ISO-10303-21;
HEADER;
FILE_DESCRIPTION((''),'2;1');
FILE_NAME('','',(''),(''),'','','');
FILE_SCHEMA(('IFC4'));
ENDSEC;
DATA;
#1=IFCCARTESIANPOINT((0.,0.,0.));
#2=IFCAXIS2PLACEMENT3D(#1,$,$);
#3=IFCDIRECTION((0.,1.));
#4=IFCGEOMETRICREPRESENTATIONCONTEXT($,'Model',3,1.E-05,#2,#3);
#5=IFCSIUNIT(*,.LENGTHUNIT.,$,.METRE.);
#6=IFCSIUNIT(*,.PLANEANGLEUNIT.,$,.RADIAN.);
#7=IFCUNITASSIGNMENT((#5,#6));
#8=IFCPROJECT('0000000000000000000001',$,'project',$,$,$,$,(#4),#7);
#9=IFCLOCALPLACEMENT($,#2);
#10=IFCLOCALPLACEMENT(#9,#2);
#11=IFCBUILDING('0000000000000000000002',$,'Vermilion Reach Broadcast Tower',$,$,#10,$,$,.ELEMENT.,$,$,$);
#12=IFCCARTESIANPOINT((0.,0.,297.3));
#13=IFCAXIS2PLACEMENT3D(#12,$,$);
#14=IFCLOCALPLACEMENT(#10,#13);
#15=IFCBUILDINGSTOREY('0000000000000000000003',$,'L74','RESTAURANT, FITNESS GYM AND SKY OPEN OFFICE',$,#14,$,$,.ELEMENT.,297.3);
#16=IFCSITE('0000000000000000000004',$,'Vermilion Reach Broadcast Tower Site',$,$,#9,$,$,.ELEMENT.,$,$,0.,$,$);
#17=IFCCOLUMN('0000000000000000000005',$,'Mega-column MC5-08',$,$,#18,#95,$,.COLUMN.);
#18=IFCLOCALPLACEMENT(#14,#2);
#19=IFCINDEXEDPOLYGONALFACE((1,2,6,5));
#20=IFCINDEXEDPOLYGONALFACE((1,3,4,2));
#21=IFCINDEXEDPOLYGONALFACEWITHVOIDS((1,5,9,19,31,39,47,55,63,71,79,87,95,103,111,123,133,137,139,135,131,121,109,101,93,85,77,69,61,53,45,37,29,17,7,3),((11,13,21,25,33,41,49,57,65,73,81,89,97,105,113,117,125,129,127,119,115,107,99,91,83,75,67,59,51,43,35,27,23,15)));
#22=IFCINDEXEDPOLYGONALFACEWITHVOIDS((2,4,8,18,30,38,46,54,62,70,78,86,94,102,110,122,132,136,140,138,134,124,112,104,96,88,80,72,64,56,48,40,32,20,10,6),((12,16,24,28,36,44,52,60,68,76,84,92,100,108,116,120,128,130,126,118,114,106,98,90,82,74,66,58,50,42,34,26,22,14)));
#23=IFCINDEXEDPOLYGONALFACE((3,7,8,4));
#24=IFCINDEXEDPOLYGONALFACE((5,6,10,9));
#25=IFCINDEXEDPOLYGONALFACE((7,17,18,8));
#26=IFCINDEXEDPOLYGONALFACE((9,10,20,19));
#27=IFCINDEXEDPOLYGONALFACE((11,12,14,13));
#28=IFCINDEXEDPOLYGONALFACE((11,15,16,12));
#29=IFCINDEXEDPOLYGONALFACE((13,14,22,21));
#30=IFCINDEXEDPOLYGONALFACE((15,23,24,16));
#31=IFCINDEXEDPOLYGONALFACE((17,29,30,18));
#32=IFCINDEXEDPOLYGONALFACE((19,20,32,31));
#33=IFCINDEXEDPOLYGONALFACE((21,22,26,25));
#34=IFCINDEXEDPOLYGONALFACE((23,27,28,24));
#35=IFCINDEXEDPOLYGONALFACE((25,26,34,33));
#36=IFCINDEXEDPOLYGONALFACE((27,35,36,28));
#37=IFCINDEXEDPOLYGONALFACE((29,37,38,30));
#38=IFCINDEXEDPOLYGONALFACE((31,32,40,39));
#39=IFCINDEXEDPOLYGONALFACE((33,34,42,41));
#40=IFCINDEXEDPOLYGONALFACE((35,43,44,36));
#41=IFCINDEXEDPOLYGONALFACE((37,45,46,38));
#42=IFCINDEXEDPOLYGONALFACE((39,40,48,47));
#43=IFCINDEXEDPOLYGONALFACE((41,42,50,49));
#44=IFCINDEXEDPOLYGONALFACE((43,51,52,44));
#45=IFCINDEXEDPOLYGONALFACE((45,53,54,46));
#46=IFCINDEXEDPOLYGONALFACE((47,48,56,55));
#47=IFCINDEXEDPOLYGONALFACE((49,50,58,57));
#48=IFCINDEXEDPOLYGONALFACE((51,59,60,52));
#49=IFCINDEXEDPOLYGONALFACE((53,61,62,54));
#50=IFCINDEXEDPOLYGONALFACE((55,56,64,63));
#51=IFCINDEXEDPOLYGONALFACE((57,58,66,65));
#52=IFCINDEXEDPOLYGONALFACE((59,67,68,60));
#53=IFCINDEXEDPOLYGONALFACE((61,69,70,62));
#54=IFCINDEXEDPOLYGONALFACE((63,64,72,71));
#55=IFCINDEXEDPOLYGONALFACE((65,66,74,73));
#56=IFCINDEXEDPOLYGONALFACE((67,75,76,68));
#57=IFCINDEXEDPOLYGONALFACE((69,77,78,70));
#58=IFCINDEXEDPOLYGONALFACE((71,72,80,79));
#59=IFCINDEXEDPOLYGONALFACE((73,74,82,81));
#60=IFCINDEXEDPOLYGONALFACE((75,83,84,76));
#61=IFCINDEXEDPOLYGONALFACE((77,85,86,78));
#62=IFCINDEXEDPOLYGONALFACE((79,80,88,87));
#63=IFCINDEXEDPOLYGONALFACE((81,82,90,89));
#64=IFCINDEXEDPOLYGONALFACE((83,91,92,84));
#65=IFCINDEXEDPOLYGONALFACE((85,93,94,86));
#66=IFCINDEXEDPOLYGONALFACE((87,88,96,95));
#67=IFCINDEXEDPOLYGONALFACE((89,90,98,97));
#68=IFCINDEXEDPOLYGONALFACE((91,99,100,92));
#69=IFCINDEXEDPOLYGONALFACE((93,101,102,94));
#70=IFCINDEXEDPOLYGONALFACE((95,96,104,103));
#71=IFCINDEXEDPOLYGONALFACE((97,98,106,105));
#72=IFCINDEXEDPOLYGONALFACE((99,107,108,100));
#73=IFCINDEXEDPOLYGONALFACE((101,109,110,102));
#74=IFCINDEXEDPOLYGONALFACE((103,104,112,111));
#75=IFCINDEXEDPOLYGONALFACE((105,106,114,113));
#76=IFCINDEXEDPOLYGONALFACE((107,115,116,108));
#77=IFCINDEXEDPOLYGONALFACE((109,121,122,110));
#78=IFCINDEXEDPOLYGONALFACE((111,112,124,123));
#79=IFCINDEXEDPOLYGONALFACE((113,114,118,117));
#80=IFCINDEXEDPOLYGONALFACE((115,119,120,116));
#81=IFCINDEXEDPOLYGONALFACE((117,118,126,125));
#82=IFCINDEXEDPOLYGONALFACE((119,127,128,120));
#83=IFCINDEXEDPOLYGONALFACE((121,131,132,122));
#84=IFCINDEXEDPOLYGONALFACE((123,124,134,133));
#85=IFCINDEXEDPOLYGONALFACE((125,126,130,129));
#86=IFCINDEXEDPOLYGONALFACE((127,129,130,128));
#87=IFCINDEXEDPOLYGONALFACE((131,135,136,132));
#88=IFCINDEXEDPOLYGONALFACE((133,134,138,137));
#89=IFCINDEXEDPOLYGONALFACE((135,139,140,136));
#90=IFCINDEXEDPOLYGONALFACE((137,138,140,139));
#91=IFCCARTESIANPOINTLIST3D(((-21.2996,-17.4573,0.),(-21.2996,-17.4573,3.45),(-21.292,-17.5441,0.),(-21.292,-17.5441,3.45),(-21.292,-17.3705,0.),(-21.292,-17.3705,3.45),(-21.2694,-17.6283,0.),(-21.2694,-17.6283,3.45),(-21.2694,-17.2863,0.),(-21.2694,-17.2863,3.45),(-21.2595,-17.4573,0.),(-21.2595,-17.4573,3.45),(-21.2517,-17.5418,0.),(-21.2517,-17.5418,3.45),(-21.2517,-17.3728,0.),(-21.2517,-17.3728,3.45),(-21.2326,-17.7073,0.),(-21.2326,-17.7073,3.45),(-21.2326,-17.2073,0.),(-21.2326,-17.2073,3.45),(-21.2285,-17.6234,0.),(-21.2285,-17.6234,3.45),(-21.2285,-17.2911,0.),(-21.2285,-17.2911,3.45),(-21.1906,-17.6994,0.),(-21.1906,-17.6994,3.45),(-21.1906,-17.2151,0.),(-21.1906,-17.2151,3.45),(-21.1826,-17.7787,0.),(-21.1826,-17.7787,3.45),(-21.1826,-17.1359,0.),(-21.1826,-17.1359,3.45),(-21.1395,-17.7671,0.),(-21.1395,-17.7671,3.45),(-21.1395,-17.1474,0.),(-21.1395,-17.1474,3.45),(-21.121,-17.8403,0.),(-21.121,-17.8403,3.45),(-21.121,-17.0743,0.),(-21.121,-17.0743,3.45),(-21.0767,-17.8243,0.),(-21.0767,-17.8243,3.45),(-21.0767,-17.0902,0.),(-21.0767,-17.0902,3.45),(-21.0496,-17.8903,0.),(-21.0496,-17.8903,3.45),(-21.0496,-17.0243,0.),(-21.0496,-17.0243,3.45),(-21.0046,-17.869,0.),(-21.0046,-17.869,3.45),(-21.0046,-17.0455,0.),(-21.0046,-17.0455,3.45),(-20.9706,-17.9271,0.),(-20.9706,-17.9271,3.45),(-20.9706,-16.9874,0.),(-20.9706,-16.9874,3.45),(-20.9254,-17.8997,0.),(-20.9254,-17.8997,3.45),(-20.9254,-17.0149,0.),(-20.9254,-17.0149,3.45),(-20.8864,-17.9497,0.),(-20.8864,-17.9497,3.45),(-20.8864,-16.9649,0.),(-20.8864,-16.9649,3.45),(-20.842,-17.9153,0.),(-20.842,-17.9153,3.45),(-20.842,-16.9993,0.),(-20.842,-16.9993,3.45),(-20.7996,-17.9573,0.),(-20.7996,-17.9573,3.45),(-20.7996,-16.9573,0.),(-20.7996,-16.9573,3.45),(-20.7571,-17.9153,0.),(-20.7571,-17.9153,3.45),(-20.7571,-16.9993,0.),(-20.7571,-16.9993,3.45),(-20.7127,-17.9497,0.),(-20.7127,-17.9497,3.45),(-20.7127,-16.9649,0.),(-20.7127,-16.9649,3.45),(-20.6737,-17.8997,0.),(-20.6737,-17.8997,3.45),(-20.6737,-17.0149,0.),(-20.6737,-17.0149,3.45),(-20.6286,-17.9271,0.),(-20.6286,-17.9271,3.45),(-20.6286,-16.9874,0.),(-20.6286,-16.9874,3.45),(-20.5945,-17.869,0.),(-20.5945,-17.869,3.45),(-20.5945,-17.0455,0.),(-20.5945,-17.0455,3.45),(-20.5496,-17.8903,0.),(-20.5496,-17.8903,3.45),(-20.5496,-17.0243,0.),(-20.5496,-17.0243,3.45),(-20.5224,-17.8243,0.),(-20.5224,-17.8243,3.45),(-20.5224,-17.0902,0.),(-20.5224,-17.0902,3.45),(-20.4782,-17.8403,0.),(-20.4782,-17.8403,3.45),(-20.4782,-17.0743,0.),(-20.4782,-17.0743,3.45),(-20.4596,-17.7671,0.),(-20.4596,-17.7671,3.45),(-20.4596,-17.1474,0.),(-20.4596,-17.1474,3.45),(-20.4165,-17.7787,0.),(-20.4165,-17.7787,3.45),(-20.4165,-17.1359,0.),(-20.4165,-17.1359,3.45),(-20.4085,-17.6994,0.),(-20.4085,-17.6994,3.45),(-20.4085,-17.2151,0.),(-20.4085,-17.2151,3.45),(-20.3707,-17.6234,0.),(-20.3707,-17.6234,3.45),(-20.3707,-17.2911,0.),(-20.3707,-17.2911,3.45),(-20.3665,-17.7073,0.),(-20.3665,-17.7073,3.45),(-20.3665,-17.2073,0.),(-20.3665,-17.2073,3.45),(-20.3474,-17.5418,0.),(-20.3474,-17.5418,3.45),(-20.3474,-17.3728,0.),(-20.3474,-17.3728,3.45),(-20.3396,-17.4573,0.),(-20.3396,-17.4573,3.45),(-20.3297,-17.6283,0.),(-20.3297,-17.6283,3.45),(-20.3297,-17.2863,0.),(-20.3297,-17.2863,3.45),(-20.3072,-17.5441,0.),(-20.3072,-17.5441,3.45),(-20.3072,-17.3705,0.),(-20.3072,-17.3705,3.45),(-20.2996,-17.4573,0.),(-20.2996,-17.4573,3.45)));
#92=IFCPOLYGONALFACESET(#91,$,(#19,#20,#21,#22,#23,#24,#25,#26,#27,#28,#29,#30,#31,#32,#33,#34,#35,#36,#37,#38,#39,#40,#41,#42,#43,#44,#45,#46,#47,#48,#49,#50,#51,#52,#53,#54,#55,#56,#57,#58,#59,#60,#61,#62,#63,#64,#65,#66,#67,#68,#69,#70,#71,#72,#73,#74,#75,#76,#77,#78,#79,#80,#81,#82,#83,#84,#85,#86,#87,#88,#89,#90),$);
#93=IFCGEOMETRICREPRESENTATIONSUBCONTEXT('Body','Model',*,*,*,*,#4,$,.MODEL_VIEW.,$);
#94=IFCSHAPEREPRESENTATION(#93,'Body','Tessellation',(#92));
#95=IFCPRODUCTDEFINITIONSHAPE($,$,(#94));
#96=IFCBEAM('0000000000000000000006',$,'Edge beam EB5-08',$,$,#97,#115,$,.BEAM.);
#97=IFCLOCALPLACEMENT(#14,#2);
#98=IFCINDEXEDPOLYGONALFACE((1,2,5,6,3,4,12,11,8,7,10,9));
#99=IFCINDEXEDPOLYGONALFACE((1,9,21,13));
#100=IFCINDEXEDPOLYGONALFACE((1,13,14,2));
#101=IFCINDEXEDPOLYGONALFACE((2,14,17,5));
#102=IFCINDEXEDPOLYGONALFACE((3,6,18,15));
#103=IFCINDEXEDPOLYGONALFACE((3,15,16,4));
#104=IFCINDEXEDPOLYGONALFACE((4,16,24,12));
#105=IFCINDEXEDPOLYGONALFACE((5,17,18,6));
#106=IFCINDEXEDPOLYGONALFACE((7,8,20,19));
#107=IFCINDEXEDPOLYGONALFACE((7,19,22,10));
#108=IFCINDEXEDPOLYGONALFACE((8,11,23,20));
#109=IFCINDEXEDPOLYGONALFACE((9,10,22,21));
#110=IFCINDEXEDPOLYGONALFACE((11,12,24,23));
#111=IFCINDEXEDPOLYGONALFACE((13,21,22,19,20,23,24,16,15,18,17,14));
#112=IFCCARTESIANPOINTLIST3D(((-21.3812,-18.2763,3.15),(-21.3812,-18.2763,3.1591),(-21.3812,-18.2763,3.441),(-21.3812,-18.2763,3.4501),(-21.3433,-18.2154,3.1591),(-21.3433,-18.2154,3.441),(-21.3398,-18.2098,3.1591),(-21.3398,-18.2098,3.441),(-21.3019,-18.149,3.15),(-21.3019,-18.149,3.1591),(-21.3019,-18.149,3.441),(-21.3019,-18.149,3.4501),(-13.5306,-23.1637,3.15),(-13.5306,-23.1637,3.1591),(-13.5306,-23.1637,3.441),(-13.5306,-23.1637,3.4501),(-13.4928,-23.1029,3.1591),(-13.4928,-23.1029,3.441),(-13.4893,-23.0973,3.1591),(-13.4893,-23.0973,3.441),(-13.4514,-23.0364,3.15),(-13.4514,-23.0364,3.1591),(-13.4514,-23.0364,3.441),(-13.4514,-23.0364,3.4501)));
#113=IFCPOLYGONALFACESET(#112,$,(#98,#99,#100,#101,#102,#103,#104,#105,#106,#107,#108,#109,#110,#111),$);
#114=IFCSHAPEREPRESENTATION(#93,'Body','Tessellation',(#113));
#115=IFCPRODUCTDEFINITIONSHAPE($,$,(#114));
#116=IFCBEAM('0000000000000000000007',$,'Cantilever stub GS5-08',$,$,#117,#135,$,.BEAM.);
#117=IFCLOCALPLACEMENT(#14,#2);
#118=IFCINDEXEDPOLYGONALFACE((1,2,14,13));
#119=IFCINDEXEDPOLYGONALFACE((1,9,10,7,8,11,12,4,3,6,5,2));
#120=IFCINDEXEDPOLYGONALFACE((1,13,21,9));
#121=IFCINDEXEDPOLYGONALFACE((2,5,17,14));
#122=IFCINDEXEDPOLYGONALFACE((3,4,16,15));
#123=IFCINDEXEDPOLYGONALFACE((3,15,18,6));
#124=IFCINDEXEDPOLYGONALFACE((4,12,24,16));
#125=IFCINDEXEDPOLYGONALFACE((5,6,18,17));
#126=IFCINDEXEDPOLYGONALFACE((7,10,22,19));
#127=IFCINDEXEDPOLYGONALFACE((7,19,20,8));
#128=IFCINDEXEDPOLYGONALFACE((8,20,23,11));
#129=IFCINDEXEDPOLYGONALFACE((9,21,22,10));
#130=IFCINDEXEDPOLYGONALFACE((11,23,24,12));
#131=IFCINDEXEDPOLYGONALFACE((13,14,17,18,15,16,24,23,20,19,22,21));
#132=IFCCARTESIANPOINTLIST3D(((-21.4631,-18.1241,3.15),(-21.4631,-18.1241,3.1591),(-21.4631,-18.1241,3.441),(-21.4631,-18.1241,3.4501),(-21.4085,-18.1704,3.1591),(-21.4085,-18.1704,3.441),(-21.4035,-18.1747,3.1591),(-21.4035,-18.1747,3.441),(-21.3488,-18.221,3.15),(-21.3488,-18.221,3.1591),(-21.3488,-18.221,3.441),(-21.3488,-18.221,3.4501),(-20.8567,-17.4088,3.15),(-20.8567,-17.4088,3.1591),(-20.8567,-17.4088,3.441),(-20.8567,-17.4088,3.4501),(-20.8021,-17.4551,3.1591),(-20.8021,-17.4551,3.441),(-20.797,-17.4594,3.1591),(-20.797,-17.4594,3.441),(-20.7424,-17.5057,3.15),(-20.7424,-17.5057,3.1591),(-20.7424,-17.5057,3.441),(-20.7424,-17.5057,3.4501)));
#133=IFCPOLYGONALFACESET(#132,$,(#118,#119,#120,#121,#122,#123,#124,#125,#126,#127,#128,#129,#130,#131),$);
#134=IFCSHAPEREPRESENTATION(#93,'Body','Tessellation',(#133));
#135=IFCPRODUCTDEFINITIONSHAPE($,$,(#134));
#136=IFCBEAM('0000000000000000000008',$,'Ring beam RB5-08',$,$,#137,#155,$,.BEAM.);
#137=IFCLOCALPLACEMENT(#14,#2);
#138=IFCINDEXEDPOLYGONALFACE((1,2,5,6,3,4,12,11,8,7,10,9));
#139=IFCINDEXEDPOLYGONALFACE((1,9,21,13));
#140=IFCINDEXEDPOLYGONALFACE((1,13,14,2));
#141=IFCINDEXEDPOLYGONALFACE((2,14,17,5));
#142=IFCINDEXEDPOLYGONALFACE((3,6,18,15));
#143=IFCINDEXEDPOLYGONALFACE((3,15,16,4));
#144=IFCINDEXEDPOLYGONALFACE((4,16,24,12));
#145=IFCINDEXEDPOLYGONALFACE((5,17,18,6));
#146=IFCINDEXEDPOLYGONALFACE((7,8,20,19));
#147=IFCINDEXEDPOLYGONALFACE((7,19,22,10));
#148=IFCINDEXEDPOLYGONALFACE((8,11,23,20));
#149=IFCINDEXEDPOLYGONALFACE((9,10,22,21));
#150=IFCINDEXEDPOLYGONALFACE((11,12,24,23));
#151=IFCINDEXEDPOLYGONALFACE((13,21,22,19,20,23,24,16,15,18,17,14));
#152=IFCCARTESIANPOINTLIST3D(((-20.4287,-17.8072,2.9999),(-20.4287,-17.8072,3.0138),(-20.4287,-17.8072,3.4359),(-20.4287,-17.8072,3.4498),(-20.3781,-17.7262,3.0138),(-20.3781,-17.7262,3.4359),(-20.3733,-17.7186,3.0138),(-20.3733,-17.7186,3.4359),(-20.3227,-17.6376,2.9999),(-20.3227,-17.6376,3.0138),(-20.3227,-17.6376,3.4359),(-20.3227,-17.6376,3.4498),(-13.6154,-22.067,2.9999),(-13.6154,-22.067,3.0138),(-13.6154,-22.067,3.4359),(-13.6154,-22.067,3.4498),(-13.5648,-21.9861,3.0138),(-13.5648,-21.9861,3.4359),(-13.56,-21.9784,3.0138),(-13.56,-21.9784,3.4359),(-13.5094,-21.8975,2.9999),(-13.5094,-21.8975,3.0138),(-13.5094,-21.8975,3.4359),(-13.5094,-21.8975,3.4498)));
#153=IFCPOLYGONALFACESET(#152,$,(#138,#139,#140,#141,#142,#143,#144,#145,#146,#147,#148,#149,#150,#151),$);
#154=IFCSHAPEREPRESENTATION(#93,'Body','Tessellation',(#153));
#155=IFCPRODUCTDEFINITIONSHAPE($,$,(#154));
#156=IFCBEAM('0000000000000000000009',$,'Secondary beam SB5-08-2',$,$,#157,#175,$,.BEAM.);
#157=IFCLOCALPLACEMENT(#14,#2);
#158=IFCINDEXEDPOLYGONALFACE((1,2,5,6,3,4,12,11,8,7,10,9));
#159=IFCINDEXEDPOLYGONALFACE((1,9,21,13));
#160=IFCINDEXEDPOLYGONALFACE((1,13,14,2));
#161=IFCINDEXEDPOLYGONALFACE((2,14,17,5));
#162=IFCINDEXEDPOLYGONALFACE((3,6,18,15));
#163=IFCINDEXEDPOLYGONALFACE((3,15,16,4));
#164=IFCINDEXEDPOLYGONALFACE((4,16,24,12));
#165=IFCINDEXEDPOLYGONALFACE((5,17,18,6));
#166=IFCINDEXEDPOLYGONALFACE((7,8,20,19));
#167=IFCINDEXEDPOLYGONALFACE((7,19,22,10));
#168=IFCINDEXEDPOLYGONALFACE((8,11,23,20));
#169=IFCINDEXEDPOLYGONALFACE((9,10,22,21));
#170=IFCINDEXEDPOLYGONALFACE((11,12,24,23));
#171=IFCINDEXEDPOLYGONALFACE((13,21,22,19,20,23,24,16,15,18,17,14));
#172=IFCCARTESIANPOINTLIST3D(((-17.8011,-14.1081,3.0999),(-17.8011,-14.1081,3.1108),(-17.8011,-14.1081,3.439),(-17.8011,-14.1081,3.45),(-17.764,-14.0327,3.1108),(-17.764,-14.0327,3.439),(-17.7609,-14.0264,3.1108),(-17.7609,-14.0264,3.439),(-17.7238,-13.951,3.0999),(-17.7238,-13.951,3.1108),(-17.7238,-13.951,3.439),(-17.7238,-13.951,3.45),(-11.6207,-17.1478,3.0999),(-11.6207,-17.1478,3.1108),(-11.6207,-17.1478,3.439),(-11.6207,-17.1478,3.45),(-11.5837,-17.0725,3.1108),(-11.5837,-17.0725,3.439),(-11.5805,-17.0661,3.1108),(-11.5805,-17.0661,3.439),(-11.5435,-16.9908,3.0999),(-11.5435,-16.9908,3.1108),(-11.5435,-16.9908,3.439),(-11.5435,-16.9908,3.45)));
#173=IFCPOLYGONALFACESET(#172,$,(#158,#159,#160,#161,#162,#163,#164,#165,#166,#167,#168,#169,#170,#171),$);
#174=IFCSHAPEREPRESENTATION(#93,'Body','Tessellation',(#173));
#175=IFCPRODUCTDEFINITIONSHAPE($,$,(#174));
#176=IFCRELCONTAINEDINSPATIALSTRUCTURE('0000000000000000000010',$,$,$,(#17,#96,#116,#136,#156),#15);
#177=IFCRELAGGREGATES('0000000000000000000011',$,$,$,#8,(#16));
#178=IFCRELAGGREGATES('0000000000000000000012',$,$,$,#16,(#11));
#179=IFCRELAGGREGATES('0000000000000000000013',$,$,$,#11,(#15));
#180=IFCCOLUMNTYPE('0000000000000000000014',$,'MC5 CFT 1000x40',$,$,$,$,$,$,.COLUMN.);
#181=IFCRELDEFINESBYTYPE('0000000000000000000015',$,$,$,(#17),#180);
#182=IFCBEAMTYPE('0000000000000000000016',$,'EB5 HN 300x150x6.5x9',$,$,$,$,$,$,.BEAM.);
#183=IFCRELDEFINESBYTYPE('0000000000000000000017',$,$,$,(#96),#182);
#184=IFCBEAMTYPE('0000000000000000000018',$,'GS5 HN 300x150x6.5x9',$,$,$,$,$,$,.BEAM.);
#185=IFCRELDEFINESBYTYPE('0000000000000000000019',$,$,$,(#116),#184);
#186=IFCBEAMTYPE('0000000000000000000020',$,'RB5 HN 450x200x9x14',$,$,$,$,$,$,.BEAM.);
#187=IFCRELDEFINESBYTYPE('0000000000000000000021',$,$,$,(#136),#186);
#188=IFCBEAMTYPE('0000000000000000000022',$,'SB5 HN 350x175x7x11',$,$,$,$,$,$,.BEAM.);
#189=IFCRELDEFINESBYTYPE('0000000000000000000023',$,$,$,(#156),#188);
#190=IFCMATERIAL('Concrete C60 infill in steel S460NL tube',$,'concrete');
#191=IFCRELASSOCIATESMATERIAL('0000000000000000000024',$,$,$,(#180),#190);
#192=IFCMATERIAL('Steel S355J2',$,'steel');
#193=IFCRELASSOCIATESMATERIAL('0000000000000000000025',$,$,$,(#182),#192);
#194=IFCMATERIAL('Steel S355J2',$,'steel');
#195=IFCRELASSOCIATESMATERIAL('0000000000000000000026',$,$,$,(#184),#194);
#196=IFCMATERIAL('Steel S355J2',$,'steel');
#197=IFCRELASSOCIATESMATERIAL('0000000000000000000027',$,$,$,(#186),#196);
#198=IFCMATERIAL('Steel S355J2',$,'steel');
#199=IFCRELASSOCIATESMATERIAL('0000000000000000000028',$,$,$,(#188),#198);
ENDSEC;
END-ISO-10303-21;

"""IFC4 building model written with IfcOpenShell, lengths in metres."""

from ifc_helpers import new_model, si_unit, direction, frame, origin, origin_2d, place, context, subcontext, project, spatial, hollow_circle, i_section, extrude, material, material_profile, profile_set, type_object, element, save


model = new_model("IFC4")

# Units and contexts
model_context = context("Model", 3, precision=1e-05, world=origin(), true_north=direction((0.0, 1.0)))
body_context = subcontext(model_context, "Body", "Model", "MODEL_VIEW")
ifc_project = project(units=[si_unit("LENGTHUNIT", "METRE"), si_unit("PLANEANGLEUNIT", "RADIAN")], contexts=[model_context])

# Site, building, storey
site_placement = place(None, origin())
site = spatial("IfcSite", under=ifc_project, at=site_placement, Name="Vermilion Reach Broadcast Tower Site", CompositionType="ELEMENT", RefElevation=0.0)
building_placement = place(site_placement, origin())
building = spatial("IfcBuilding", under=site, at=building_placement, Name="Vermilion Reach Broadcast Tower", CompositionType="ELEMENT")
storey_placement = place(building_placement, frame((0.0, 0.0, 297.3)))
storey = spatial("IfcBuildingStorey", under=building, at=storey_placement, Name="L74", Description="RESTAURANT, FITNESS GYM AND SKY OPEN OFFICE", CompositionType="ELEMENT", Elevation=297.3)

# Column
ifc_material_1 = material(Name="Concrete C60 infill in steel S460NL tube", Category="concrete")
ifc_material_profile_1 = material_profile(ifc_material_1, hollow_circle(Radius=0.5, WallThickness=0.04, at=origin_2d()), Name="Concrete C60 infill in steel S460NL tube CFT 1000x40")
ifc_profile_set_1 = profile_set([ifc_material_profile_1], Name="Concrete C60 infill in steel S460NL tube")
column_type = type_object("IfcColumnType", Name="MC5 CFT 1000x40", PredefinedType="COLUMN", material=ifc_profile_set_1)
column_placement = place(storey_placement, frame((-20.7996, -17.4573, 0.0), z_axis=(0.0, 0.0, 1.0), x_axis=(1.0, 0.0, 0.0)))
element("IfcColumn", 1, at=column_placement, inside=storey, type_object=column_type, Name="Mega-column MC5-08", PredefinedType="COLUMN", context=body_context, shape_type="SweptSolid", body=[
    extrude(hollow_circle(Radius=0.5, WallThickness=0.04, at=origin_2d()), origin(), (0.0, 0.0, 1.0), 3.45),
])

# Beams
ifc_material_2 = material(Name="Steel S355J2", Category="steel")
ifc_material_profile_2 = material_profile(ifc_material_2, i_section(OverallWidth=0.1499, OverallDepth=0.3, WebThickness=0.0066, FlangeThickness=0.009, at=origin_2d()), Name="S355J2 HN 300x150x6.5x9")
ifc_profile_set_2 = profile_set([ifc_material_profile_2], Name="Steel S355J2")
beam_type_1 = type_object("IfcBeamType", Name="EB5 HN 300x150x6.5x9", PredefinedType="BEAM", material=ifc_profile_set_2)
beam_1_placement = place(storey_placement, frame((-21.3416, -18.2126, 3.3), z_axis=(0.848928, -0.528508, 0.0), x_axis=(0.528508, 0.848928, 0.0)))
element("IfcBeam", 2, at=beam_1_placement, inside=storey, type_object=beam_type_1, Name="Edge beam EB5-08", PredefinedType="BEAM", context=body_context, shape_type="SweptSolid", body=[
    extrude(i_section(OverallWidth=0.1499, OverallDepth=0.3, WebThickness=0.0066, FlangeThickness=0.009, at=origin_2d()), origin(), (0.0, 0.0, 1.0), 9.2476),
])
ifc_material_3 = material(Name="Steel S355J2", Category="steel")
ifc_material_profile_3 = material_profile(ifc_material_3, i_section(OverallWidth=0.1499, OverallDepth=0.3, WebThickness=0.0066, FlangeThickness=0.009, at=origin_2d()), Name="S355J2 HN 300x150x6.5x9")
ifc_profile_set_3 = profile_set([ifc_material_profile_3], Name="Steel S355J2")
beam_type_2 = type_object("IfcBeamType", Name="GS5 HN 300x150x6.5x9", PredefinedType="BEAM", material=ifc_profile_set_3)
beam_2_placement = place(storey_placement, frame((-20.7996, -17.4573, 3.3), z_axis=(-0.646665, -0.762774, 0.0), x_axis=(0.762774, -0.646665, 0.0)))
element("IfcBeam", 3, at=beam_2_placement, inside=storey, type_object=beam_type_2, Name="Cantilever stub GS5-08", PredefinedType="BEAM", context=body_context, shape_type="SweptSolid", body=[
    extrude(i_section(OverallWidth=0.1499, OverallDepth=0.3, WebThickness=0.0066, FlangeThickness=0.009, at=origin_2d()), origin(), (0.0, 0.0, 1.0), 0.9377),
])
ifc_material_4 = material(Name="Steel S355J2", Category="steel")
ifc_material_profile_4 = material_profile(ifc_material_4, i_section(OverallWidth=0.2, OverallDepth=0.45, WebThickness=0.009, FlangeThickness=0.0139, at=origin_2d()), Name="S355J2 HN 450x200x9x14")
ifc_profile_set_4 = profile_set([ifc_material_profile_4], Name="Steel S355J2")
beam_type_3 = type_object("IfcBeamType", Name="RB5 HN 450x200x9x14", PredefinedType="BEAM", material=ifc_profile_set_4)
beam_3_placement = place(storey_placement, frame((-20.3757, -17.7224, 3.2249), z_axis=(0.847915, -0.530133, 0.0), x_axis=(0.530133, 0.847915, 0.0)))
element("IfcBeam", 4, at=beam_3_placement, inside=storey, type_object=beam_type_3, Name="Ring beam RB5-08", PredefinedType="BEAM", context=body_context, shape_type="SweptSolid", body=[
    extrude(i_section(OverallWidth=0.2, OverallDepth=0.45, WebThickness=0.009, FlangeThickness=0.0139, at=origin_2d()), origin(), (0.0, 0.0, 1.0), 8.0354),
])
ifc_material_5 = material(Name="Steel S355J2", Category="steel")
ifc_material_profile_5 = material_profile(ifc_material_5, i_section(OverallWidth=0.175, OverallDepth=0.3501, WebThickness=0.0071, FlangeThickness=0.011, at=origin_2d()), Name="S355J2 HN 350x175x7x11")
ifc_profile_set_5 = profile_set([ifc_material_profile_5], Name="Steel S355J2")
beam_type_4 = type_object("IfcBeamType", Name="SB5 HN 350x175x7x11", PredefinedType="BEAM", material=ifc_profile_set_5)
beam_4_placement = place(storey_placement, frame((-17.7625, -14.0295, 3.2749), z_axis=(0.897336, -0.441348, 0.0), x_axis=(0.441348, 0.897336, 0.0)))
element("IfcBeam", 5, at=beam_4_placement, inside=storey, type_object=beam_type_4, Name="Secondary beam SB5-08-2", PredefinedType="BEAM", context=body_context, shape_type="SweptSolid", body=[
    extrude(i_section(OverallWidth=0.175, OverallDepth=0.3501, WebThickness=0.0071, FlangeThickness=0.011, at=origin_2d()), origin(), (0.0, 0.0, 1.0), 6.8875),
])

save(model, "model.ifc")
